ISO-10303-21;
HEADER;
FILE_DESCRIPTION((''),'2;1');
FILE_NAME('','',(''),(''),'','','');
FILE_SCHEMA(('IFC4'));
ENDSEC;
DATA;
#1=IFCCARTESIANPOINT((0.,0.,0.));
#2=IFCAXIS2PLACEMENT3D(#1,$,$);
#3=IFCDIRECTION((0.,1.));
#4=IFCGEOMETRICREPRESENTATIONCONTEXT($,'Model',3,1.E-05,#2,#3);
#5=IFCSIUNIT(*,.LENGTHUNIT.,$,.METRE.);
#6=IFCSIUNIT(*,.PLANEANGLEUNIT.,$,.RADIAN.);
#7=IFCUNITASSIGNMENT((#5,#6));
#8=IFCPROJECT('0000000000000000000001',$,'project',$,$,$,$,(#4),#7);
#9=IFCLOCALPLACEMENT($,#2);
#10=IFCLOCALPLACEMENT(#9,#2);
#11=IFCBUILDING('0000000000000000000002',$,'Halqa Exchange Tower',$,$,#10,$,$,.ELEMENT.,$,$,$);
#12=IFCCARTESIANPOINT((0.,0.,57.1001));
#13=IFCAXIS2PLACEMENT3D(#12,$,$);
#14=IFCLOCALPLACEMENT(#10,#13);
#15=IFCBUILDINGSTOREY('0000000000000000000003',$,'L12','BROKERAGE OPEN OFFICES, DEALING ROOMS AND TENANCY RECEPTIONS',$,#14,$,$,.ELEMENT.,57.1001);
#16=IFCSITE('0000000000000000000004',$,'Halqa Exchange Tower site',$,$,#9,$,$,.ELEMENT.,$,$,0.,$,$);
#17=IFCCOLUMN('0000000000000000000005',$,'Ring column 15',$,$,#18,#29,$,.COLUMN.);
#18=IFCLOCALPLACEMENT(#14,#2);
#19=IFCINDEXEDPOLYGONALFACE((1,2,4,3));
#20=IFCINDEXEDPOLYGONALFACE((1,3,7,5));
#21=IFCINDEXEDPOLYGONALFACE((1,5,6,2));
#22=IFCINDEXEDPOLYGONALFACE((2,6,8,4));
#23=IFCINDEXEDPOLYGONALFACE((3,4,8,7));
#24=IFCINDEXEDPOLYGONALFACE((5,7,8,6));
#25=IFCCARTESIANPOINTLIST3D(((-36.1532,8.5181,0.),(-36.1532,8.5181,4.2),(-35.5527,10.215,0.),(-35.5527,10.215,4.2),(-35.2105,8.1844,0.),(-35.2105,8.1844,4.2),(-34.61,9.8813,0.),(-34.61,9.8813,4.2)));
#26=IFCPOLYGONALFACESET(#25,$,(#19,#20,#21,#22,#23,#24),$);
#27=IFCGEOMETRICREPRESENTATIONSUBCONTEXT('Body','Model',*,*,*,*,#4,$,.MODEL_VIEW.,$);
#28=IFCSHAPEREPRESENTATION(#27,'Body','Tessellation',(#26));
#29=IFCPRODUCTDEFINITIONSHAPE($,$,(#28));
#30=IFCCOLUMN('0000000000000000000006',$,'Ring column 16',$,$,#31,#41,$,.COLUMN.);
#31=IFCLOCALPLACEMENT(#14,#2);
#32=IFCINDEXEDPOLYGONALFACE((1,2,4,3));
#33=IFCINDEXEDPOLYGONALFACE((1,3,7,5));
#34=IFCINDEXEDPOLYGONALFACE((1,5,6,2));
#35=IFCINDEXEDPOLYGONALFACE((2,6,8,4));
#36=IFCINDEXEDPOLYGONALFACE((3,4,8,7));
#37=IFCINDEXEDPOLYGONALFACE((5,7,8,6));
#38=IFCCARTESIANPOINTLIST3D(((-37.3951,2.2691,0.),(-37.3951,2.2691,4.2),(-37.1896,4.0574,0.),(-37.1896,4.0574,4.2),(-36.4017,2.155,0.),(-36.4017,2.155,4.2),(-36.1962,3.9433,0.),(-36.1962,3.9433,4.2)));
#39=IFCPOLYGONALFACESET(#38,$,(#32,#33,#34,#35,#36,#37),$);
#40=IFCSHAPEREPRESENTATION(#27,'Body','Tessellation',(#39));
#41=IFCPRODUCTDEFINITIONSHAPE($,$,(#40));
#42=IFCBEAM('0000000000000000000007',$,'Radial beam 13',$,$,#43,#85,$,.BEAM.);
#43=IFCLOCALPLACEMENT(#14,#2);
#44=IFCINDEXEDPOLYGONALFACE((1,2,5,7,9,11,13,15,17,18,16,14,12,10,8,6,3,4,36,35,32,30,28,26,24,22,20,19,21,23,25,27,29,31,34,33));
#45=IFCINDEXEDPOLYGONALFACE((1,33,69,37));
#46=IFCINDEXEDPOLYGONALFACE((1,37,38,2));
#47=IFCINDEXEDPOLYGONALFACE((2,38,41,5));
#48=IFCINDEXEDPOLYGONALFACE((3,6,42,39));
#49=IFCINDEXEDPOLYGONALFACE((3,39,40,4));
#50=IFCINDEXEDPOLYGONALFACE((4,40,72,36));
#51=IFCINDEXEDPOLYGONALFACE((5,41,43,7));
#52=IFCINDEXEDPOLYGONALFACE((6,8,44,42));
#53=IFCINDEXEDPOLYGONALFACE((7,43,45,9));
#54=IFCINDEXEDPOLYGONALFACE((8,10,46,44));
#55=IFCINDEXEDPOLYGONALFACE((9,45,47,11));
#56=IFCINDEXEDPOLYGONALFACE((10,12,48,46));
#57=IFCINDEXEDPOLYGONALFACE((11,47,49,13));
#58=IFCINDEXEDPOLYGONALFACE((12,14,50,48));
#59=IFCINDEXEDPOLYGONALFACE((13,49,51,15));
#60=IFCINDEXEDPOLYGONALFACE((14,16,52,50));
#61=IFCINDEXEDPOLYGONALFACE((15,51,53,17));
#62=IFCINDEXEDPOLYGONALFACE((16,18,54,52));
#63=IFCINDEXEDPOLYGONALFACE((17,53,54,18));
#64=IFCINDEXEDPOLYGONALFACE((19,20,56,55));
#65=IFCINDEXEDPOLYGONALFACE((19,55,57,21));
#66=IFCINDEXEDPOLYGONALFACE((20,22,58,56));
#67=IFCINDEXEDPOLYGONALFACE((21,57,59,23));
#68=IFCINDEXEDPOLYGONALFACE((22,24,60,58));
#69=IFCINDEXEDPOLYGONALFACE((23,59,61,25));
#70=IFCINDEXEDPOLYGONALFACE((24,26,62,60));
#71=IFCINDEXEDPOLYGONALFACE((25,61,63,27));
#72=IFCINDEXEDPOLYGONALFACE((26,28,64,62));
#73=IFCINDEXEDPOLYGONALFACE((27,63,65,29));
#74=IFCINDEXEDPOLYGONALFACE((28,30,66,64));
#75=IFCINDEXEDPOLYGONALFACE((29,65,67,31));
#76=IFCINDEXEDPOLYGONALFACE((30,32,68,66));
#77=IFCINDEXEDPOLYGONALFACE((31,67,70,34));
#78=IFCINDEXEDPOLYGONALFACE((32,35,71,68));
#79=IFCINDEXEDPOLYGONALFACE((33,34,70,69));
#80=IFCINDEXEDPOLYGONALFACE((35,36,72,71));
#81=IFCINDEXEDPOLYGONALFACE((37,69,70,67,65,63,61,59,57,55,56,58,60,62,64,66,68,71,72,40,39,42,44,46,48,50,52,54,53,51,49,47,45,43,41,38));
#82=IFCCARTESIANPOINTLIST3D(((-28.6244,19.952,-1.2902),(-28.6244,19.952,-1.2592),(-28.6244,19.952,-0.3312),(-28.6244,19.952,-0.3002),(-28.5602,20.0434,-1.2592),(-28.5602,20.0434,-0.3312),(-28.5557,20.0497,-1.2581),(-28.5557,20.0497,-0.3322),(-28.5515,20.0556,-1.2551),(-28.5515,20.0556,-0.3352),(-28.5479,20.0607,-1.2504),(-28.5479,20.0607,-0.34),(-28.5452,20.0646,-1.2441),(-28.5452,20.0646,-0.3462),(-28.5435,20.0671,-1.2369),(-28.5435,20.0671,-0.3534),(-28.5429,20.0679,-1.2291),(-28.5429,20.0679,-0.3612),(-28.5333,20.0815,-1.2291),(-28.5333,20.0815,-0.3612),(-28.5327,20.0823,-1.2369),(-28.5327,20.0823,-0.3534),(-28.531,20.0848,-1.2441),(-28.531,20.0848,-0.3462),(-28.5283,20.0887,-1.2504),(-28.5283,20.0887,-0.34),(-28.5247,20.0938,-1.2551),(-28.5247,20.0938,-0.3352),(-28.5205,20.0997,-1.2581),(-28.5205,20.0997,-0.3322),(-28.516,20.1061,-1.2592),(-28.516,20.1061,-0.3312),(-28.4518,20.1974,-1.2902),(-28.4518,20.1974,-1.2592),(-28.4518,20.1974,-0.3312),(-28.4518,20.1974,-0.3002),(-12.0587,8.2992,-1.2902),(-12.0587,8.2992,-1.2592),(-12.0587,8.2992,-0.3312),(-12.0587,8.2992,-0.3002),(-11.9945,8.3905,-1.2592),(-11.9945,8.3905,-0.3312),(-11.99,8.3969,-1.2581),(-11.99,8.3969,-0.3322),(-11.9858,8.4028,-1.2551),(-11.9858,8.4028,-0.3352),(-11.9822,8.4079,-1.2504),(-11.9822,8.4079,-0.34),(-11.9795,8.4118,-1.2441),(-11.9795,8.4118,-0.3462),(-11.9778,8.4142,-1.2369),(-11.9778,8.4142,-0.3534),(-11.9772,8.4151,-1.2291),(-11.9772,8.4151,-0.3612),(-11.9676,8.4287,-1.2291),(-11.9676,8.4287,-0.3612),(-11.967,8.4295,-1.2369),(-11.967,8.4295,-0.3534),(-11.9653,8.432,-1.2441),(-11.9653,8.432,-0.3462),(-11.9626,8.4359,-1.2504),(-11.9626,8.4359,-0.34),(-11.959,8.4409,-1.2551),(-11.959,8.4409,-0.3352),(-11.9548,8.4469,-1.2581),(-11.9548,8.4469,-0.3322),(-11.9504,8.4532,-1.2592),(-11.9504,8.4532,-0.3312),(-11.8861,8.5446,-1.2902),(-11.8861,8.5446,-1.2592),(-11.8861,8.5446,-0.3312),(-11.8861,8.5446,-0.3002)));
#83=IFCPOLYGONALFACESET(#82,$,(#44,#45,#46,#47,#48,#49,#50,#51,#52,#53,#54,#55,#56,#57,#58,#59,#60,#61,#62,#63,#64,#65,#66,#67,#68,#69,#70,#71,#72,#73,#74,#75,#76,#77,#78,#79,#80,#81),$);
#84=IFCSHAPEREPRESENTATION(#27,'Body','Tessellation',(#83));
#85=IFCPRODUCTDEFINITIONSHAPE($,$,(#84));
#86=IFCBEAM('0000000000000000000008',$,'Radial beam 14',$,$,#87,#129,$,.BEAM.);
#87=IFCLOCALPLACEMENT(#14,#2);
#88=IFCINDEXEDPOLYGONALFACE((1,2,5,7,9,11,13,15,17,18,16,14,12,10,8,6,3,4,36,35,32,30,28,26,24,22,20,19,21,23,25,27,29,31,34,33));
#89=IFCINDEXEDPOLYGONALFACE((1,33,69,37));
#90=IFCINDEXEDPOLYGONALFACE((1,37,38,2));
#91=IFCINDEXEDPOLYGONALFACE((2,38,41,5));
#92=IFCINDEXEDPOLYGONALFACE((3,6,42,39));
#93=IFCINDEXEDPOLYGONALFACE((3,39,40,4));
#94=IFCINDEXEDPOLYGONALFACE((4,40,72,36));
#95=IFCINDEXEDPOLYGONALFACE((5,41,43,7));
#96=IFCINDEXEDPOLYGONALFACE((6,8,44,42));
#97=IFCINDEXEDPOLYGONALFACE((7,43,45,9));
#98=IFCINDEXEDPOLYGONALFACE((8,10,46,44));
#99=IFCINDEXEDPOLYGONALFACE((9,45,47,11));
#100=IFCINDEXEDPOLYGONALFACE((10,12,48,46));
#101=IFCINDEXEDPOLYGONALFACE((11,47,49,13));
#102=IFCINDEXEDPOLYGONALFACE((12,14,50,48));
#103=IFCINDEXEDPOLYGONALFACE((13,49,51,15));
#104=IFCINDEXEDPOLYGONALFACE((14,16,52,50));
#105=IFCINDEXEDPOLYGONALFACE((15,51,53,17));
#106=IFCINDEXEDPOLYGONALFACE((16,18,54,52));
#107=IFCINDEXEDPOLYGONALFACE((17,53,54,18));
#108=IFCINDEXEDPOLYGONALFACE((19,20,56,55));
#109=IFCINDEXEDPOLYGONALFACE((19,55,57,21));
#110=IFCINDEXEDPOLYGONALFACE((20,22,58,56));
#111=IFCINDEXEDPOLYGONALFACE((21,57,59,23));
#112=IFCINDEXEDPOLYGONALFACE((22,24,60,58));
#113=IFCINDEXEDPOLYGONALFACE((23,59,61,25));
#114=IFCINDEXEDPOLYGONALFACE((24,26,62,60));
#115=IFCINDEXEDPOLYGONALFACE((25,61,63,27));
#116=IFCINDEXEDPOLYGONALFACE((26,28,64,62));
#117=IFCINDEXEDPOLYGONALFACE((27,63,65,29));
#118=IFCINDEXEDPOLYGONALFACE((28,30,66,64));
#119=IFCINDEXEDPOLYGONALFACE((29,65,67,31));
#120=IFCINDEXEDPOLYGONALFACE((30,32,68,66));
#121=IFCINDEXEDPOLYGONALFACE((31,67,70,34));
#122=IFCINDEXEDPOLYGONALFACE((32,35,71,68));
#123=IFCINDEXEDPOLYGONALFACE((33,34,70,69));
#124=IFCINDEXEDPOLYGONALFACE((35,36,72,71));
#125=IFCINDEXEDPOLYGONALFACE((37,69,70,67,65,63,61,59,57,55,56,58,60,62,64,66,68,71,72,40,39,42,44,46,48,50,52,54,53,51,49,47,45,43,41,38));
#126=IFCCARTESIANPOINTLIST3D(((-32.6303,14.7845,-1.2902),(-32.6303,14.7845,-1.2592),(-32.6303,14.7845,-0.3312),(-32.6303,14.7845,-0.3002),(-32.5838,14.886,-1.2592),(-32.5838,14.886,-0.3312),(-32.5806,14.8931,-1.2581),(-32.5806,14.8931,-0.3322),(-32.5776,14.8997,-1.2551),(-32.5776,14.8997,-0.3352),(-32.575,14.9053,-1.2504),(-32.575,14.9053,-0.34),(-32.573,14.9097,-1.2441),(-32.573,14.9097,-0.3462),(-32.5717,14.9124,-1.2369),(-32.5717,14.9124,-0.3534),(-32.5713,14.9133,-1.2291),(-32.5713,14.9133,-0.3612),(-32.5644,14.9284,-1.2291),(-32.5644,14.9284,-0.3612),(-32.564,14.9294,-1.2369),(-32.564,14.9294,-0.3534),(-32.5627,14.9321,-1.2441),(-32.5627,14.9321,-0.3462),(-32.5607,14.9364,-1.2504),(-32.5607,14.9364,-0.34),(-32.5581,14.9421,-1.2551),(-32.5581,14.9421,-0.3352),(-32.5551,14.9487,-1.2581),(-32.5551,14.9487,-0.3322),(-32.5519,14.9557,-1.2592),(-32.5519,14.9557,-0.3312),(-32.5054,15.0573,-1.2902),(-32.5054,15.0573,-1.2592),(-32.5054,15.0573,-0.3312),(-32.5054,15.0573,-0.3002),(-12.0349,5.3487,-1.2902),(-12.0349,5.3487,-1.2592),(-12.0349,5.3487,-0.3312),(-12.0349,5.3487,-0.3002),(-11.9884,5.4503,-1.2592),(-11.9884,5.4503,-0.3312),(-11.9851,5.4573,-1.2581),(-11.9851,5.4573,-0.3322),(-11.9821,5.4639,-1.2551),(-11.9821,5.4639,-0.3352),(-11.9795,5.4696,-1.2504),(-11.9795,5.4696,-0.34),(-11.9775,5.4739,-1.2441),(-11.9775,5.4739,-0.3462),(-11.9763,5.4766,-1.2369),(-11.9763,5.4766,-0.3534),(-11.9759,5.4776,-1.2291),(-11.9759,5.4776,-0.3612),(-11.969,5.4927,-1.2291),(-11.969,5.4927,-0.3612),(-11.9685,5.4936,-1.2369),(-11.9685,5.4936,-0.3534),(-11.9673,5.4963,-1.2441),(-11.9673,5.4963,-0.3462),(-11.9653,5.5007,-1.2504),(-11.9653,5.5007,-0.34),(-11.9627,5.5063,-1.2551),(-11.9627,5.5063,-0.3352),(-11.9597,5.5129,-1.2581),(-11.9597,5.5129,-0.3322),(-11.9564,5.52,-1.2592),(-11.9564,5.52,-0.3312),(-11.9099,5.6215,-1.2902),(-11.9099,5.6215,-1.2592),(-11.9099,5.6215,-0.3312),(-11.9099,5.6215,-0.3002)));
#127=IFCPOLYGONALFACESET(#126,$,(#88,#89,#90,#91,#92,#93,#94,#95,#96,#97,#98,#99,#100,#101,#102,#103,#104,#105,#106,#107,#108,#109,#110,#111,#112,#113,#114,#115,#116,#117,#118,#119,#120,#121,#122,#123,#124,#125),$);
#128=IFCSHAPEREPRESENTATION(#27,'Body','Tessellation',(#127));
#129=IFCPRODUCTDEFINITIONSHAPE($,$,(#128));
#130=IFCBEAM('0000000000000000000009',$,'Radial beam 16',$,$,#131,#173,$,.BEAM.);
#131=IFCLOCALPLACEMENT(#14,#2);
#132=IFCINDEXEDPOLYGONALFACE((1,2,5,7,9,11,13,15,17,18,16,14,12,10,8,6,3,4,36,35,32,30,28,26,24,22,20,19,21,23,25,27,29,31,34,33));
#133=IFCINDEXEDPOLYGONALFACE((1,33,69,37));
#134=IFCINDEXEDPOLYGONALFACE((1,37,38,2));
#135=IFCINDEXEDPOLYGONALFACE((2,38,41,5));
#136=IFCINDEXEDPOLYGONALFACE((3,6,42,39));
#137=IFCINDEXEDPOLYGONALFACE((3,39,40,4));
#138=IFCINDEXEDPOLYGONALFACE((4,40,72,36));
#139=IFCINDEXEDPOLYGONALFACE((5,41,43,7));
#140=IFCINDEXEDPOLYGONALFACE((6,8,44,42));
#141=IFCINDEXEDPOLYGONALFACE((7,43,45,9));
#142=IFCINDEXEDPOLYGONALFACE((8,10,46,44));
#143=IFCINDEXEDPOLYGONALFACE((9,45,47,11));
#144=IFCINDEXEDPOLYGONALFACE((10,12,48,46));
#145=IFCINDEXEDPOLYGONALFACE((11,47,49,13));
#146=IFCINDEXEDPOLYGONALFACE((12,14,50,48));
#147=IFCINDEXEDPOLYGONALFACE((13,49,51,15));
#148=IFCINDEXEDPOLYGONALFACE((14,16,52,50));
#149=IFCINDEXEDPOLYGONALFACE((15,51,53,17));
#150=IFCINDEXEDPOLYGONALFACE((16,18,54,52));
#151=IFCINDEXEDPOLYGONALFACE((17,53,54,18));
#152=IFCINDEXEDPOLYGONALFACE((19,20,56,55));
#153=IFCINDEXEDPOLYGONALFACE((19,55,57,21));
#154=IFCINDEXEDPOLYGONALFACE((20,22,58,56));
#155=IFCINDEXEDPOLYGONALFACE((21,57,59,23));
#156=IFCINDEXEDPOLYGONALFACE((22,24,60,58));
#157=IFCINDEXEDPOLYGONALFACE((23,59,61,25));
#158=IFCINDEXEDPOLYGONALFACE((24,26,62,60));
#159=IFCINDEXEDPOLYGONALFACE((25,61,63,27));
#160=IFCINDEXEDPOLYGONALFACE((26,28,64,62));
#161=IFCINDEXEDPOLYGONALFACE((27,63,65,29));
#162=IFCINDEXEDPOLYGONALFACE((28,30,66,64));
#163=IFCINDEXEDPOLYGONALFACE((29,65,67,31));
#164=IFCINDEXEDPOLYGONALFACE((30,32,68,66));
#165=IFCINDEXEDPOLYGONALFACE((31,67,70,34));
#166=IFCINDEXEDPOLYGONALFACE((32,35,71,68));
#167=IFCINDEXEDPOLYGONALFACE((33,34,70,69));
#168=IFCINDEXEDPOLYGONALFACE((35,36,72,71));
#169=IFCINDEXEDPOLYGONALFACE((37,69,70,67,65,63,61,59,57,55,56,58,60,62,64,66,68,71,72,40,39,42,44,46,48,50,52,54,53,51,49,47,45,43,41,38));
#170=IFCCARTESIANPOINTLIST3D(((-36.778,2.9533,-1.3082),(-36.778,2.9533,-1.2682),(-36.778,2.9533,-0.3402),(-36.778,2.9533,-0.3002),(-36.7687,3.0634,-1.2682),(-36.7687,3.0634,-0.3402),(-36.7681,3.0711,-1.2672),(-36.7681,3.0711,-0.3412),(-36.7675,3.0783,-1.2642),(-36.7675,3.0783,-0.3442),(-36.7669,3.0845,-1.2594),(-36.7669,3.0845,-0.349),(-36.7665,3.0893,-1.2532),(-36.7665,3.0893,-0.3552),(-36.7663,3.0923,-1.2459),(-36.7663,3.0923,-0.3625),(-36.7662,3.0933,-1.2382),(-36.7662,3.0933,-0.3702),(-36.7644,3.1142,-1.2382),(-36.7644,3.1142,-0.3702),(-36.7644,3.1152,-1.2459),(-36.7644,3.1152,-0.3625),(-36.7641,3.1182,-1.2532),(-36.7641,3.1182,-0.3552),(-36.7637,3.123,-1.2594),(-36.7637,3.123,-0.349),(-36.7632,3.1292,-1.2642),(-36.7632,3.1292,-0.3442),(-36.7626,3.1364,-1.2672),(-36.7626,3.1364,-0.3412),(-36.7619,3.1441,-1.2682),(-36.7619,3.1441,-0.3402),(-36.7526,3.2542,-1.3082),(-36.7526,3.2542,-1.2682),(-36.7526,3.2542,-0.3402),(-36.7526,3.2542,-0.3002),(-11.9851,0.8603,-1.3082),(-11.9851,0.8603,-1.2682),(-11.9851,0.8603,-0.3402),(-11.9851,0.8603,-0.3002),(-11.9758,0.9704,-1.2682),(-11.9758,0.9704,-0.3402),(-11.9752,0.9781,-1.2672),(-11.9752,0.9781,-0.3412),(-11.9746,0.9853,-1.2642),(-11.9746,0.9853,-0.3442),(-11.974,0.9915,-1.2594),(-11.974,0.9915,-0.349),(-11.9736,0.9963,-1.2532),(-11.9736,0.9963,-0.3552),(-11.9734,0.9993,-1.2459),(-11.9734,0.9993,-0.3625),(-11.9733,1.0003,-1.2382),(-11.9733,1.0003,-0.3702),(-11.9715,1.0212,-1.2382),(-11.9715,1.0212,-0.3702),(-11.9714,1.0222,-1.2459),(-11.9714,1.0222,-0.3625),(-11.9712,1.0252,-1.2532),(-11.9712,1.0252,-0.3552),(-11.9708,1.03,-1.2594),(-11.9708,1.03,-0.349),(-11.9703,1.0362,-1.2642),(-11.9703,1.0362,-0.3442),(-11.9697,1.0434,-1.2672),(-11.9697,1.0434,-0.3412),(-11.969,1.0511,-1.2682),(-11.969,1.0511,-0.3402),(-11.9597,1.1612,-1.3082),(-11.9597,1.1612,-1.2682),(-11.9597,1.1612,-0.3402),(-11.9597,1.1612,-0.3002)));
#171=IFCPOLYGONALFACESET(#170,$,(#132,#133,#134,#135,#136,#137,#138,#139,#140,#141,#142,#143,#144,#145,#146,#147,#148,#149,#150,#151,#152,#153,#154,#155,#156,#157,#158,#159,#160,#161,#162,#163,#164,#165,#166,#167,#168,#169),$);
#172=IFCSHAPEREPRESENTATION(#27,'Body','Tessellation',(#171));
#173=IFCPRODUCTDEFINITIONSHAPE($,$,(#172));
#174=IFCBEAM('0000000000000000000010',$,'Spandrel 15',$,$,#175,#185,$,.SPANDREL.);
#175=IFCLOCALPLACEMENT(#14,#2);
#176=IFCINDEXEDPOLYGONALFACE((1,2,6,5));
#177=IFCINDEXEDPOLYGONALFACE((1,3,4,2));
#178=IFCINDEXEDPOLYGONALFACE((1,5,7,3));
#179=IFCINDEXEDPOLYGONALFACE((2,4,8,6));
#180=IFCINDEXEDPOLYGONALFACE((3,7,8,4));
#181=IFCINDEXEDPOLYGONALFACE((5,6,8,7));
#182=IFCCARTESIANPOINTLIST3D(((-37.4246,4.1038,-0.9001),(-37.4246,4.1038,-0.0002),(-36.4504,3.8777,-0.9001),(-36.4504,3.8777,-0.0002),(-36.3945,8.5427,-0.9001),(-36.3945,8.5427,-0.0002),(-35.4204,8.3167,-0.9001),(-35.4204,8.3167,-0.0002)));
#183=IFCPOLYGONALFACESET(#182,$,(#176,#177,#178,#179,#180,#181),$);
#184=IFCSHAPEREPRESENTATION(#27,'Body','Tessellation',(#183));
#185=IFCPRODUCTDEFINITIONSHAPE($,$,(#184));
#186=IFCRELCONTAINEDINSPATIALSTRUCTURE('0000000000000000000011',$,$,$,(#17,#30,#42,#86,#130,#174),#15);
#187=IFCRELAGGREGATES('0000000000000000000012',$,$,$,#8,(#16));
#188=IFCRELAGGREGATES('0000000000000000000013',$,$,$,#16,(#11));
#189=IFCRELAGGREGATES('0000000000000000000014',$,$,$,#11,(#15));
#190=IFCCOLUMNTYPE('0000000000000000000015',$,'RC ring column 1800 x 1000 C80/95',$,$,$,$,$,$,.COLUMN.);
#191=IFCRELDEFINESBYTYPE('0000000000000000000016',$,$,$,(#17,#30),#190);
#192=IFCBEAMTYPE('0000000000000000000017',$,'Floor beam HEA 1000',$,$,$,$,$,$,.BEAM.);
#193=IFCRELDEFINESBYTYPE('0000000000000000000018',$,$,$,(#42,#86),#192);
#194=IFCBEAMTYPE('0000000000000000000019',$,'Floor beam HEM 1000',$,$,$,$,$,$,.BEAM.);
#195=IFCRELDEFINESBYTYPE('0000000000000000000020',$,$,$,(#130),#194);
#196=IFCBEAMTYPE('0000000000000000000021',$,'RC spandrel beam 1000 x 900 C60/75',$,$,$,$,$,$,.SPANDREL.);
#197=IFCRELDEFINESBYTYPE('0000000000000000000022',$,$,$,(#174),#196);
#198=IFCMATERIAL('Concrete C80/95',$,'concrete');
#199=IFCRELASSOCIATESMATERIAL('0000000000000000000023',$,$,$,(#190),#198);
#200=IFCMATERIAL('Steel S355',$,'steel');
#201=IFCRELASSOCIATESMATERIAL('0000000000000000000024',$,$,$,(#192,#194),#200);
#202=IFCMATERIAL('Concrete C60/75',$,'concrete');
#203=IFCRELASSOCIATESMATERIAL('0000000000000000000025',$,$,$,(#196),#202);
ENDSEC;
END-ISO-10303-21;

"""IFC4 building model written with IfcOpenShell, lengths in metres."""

from ifc_helpers import new_model, si_unit, direction, frame, origin, origin_2d, place, context, subcontext, project, spatial, rectangle, i_section, extrude, material, material_profile, profile_set, type_object, element, save


model = new_model("IFC4")

# Units and contexts
model_context = context("Model", 3, precision=1e-05, world=origin(), true_north=direction((0.0, 1.0)))
body_context = subcontext(model_context, "Body", "Model", "MODEL_VIEW")
ifc_project = project(units=[si_unit("LENGTHUNIT", "METRE"), si_unit("PLANEANGLEUNIT", "RADIAN")], contexts=[model_context])

# Site, building, storey
site_placement = place(None, origin())
site = spatial("IfcSite", under=ifc_project, at=site_placement, Name="Halqa Exchange Tower site", CompositionType="ELEMENT", RefElevation=0.0)
building_placement = place(site_placement, origin())
building = spatial("IfcBuilding", under=site, at=building_placement, Name="Halqa Exchange Tower", CompositionType="ELEMENT")
storey_placement = place(building_placement, frame((0.0, 0.0, 57.1001)))
storey = spatial("IfcBuildingStorey", under=building, at=storey_placement, Name="L12", Description="BROKERAGE OPEN OFFICES, DEALING ROOMS AND TENANCY RECEPTIONS", CompositionType="ELEMENT", Elevation=57.1001)

# Columns
ifc_material_1 = material(Name="Concrete C80/95", Category="concrete")
ifc_material_profile_1 = material_profile(ifc_material_1, rectangle(XDim=1.8, YDim=1.0, at=origin_2d()), Name="1800 x 1000")
ifc_profile_set_1 = profile_set([ifc_material_profile_1], Name="Concrete C80/95")
column_type = type_object("IfcColumnType", Name="RC ring column 1800 x 1000 C80/95", PredefinedType="COLUMN", material=ifc_profile_set_1)
for number, where, z_axis, x_axis, name in (
    (1, (-35.3816, 9.1997, 0.0), (0.0, 0.0, 1.0), (-0.333629, -0.942704, 0.0), "Ring column 15"),
    (2, (-36.7957, 3.1062, 0.0), (0.0, 0.0, 1.0), (-0.11416, -0.993462, 0.0), "Ring column 16"),
):
    element("IfcColumn", number, at=place(storey_placement, frame(where, z_axis=z_axis, x_axis=x_axis)), inside=storey, type_object=column_type, Name=name, PredefinedType="COLUMN", context=body_context, shape_type="SweptSolid", body=[
        extrude(rectangle(XDim=1.8, YDim=1.0, at=origin_2d()), origin(), (0.0, 0.0, 1.0), 4.2),
    ])

# Beams
ifc_material_2 = material(Name="Steel S355", Category="steel")
ifc_material_profile_2 = material_profile(ifc_material_2, i_section(OverallWidth=0.3, OverallDepth=0.99, WebThickness=0.0166, FlangeThickness=0.031, FilletRadius=0.03, at=origin_2d()), Name="HEA 1000")
ifc_profile_set_2 = profile_set([ifc_material_profile_2], Name="Steel S355")
beam_type_1 = type_object("IfcBeamType", Name="Floor beam HEA 1000", PredefinedType="BEAM", material=ifc_profile_set_2)
beam_1_placement = place(storey_placement, frame((-11.9724, 8.4219, -0.7952), z_axis=(-0.817911, 0.575345, 0.0), x_axis=(-0.575345, -0.817911, 0.0)))
element("IfcBeam", 3, at=beam_1_placement, inside=storey, type_object=beam_type_1, Name="Radial beam 13", PredefinedType="BEAM", context=body_context, shape_type="SweptSolid", body=[
    extrude(i_section(OverallWidth=0.3, OverallDepth=0.99, WebThickness=0.0166, FlangeThickness=0.031, FilletRadius=0.03, at=origin_2d()), origin(), (0.0, 0.0, 1.0), 20.2537),
])
beam_2_placement = place(storey_placement, frame((-11.9724, 5.4851, -0.7952), z_axis=(-0.909128, 0.416516, 0.0), x_axis=(-0.416516, -0.909128, 0.0)))
element("IfcBeam", 4, at=beam_2_placement, inside=storey, type_object=beam_type_1, Name="Radial beam 14", PredefinedType="BEAM", context=body_context, shape_type="SweptSolid", body=[
    extrude(i_section(OverallWidth=0.3, OverallDepth=0.99, WebThickness=0.0166, FlangeThickness=0.031, FilletRadius=0.03, at=origin_2d()), origin(), (0.0, 0.0, 1.0), 22.6541),
])
ifc_material_profile_3 = material_profile(ifc_material_2, i_section(OverallWidth=0.302, OverallDepth=1.0081, WebThickness=0.021, FlangeThickness=0.04, FilletRadius=0.03, at=origin_2d()), Name="HEM 1000")
ifc_profile_set_3 = profile_set([ifc_material_profile_3], Name="Steel S355")
beam_type_2 = type_object("IfcBeamType", Name="Floor beam HEM 1000", PredefinedType="BEAM", material=ifc_profile_set_3)
beam_3_placement = place(storey_placement, frame((-11.9724, 1.0107, -0.8042), z_axis=(-0.996456, 0.084121, 0.0), x_axis=(-0.084121, -0.996456, 0.0)))
element("IfcBeam", 5, at=beam_3_placement, inside=storey, type_object=beam_type_2, Name="Radial beam 16", PredefinedType="BEAM", context=body_context, shape_type="SweptSolid", body=[
    extrude(i_section(OverallWidth=0.302, OverallDepth=1.0081, WebThickness=0.021, FlangeThickness=0.04, FilletRadius=0.03, at=origin_2d()), origin(), (0.0, 0.0, 1.0), 24.8811),
])
ifc_material_3 = material(Name="Concrete C60/75", Category="concrete")
ifc_material_profile_4 = material_profile(ifc_material_3, rectangle(XDim=1.0, YDim=0.8999, at=origin_2d()), Name="1000 x 900")
ifc_profile_set_4 = profile_set([ifc_material_profile_4], Name="Concrete C60/75")
beam_type_3 = type_object("IfcBeamType", Name="RC spandrel beam 1000 x 900 C60/75", PredefinedType="SPANDREL", material=ifc_profile_set_4)
beam_4_placement = place(storey_placement, frame((-35.9075, 8.4297, -0.4502), z_axis=(-0.226037, -0.974119, 0.0), x_axis=(0.974119, -0.226037, 0.0)))
element("IfcBeam", 6, at=beam_4_placement, inside=storey, type_object=beam_type_3, Name="Spandrel 15", PredefinedType="SPANDREL", context=body_context, shape_type="SweptSolid", body=[
    extrude(rectangle(XDim=1.0, YDim=0.8999, at=origin_2d()), origin(), (0.0, 0.0, 1.0), 4.5569),
])

save(model, "model.ifc")
